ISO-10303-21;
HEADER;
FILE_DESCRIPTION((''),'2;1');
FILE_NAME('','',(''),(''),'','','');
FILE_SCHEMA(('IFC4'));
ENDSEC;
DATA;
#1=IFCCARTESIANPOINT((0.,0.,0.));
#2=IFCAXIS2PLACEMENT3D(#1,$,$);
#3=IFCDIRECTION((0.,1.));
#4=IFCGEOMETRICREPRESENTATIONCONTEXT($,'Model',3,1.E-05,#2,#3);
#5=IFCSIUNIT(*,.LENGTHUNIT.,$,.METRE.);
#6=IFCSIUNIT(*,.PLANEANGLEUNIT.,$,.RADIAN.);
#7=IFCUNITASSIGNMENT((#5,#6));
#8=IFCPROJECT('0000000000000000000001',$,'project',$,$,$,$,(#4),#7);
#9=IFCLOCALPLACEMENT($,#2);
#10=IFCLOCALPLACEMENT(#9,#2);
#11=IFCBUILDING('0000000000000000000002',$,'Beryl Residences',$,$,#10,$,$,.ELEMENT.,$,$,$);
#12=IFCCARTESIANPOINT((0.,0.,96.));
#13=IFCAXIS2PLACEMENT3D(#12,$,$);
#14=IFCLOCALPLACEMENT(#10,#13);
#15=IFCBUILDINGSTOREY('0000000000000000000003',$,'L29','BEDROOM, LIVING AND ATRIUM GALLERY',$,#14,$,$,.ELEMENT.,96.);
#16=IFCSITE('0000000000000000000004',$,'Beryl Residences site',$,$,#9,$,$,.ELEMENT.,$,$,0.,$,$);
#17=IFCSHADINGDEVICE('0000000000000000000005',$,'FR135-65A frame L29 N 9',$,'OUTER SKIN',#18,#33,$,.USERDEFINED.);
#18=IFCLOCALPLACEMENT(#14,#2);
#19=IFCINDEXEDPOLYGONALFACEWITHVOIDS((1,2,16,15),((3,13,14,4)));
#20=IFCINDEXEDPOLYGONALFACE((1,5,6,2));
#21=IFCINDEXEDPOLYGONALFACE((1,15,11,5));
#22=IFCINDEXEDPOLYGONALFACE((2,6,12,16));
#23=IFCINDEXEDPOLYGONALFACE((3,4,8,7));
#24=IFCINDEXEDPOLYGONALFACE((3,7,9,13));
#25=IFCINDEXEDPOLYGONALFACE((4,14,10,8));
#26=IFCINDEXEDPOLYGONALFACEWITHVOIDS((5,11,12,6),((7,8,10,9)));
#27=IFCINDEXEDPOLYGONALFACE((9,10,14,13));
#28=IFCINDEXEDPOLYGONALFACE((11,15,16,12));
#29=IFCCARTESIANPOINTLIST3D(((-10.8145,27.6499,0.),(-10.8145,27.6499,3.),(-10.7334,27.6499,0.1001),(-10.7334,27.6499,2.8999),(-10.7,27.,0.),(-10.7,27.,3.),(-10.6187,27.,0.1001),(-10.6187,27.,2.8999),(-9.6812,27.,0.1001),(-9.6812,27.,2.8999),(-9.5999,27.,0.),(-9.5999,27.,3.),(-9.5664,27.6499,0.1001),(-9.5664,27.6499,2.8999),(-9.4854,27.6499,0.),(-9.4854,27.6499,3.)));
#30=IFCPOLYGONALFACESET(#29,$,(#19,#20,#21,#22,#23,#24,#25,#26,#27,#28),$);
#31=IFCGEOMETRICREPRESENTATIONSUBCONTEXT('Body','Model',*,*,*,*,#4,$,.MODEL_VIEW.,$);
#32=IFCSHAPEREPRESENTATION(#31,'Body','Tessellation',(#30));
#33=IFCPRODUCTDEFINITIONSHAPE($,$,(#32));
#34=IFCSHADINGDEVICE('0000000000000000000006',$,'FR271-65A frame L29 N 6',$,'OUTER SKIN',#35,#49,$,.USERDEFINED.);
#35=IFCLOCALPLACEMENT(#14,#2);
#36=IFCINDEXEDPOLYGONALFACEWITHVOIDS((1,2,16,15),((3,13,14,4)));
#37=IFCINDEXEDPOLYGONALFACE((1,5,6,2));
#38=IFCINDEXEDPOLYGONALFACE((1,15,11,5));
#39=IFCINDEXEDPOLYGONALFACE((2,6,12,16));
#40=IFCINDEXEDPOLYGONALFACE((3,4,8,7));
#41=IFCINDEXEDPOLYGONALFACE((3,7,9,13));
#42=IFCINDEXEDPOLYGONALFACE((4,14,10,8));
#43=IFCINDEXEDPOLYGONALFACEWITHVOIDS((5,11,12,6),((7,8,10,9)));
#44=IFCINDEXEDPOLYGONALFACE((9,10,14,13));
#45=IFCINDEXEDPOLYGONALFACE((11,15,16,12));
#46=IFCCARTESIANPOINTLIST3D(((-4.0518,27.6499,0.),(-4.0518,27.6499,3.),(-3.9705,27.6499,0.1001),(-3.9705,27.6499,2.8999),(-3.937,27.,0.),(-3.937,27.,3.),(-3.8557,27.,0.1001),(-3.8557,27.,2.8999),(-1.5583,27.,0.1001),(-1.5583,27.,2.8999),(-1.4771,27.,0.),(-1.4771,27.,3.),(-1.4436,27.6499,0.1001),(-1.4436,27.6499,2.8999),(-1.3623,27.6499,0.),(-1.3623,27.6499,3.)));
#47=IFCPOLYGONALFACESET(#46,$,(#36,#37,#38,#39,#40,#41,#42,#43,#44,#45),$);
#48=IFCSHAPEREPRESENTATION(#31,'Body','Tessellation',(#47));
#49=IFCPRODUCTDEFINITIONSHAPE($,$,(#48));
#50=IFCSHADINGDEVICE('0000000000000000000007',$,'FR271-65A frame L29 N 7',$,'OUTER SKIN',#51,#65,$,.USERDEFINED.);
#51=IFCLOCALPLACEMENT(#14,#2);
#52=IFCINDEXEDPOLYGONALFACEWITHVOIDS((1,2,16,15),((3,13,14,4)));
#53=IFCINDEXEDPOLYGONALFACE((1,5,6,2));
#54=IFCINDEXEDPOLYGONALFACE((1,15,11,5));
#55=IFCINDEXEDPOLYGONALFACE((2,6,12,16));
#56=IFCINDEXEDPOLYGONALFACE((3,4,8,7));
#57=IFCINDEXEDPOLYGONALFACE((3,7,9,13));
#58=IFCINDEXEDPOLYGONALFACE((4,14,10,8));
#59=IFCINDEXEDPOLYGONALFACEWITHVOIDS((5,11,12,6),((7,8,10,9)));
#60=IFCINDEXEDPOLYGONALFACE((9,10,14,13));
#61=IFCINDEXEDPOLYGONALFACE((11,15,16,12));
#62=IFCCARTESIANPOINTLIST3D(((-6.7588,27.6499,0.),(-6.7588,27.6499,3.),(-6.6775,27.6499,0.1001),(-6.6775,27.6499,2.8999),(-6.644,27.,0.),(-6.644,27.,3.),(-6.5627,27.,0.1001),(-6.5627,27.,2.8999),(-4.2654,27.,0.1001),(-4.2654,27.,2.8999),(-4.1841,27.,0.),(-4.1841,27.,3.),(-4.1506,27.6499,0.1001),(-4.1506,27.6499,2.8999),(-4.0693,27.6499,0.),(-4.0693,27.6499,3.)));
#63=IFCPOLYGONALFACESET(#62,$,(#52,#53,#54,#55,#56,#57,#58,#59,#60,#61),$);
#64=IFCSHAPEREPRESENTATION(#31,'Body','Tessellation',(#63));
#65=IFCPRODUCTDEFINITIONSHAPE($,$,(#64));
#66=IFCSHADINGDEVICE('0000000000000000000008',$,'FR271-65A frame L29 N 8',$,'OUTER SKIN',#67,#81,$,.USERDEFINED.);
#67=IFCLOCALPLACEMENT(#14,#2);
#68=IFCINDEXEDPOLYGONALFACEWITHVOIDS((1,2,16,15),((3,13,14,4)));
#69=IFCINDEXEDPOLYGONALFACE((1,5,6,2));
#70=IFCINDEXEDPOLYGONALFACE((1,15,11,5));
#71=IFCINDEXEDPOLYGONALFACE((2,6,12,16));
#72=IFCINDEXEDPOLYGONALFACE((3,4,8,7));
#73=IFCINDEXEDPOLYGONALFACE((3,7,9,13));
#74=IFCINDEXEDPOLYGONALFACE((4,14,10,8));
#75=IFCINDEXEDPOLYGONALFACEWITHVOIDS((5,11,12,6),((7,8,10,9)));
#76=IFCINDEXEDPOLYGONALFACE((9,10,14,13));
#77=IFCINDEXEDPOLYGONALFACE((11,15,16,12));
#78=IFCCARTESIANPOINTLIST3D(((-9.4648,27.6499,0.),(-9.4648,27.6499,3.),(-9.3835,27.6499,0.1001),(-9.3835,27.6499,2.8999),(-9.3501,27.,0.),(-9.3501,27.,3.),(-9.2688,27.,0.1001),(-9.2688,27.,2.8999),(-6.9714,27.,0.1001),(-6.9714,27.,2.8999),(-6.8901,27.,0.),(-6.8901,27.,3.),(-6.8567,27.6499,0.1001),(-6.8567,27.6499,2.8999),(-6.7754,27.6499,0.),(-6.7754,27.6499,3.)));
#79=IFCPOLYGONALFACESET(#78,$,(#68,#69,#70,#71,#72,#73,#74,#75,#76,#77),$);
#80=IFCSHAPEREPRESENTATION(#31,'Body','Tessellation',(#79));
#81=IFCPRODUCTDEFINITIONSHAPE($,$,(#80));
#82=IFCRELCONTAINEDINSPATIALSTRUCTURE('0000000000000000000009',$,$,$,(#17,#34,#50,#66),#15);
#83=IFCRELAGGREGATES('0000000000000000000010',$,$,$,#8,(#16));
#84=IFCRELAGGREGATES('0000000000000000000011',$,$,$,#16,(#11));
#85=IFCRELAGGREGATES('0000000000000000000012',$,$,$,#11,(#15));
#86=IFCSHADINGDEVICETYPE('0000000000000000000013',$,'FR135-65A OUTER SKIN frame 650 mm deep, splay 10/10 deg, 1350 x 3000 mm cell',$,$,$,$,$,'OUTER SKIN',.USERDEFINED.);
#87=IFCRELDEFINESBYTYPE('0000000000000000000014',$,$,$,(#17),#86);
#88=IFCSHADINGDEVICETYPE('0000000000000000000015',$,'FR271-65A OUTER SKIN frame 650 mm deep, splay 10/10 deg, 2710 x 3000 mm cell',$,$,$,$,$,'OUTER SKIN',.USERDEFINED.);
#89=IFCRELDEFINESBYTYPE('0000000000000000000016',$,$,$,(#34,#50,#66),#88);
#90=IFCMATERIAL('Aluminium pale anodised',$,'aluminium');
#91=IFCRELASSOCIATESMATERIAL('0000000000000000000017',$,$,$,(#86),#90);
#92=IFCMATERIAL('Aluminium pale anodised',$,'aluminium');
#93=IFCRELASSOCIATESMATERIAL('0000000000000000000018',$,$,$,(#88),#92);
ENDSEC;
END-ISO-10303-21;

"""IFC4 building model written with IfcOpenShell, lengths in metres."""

from ifc_helpers import new_model, entity, si_unit, direction, frame, origin, place, context, subcontext, project, spatial, source, transform, mapped, material, type_object, type_shapes, element, save


model = new_model("IFC4")

# Units and contexts
model_context = context("Model", 3, precision=1e-05, world=origin(), true_north=direction((0.0, 1.0)))
body_context = subcontext(model_context, "Body", "Model", "MODEL_VIEW")
ifc_project = project(units=[si_unit("LENGTHUNIT", "METRE"), si_unit("PLANEANGLEUNIT", "RADIAN")], contexts=[model_context])

# Site, building, storey
site_placement = place(None, origin())
site = spatial("IfcSite", under=ifc_project, at=site_placement, Name="Beryl Residences site", CompositionType="ELEMENT", RefElevation=0.0)
building_placement = place(site_placement, origin())
building = spatial("IfcBuilding", under=site, at=building_placement, Name="Beryl Residences", CompositionType="ELEMENT")
storey_placement = place(building_placement, frame((0.0, 0.0, 96.0)))
storey = spatial("IfcBuildingStorey", under=building, at=storey_placement, Name="L29", Description="BEDROOM, LIVING AND ATRIUM GALLERY", CompositionType="ELEMENT", Elevation=96.0)

# Shading devices
ifc_material_1 = material(Name="Aluminium pale anodised", Category="aluminium")
shading_device_type_1 = type_object("IfcShadingDeviceType", Name="FR135-65A OUTER SKIN frame 650 mm deep, splay 10/10 deg, 1350 x 3000 mm cell", ElementType="OUTER SKIN", PredefinedType="USERDEFINED", material=ifc_material_1)
cartesian_point_1 = entity("IfcCartesianPoint", [-0.55, 0.0])
cartesian_point_2 = entity("IfcCartesianPoint", [-0.4688, 0.1001])
cartesian_point_3 = entity("IfcCartesianPoint", [-0.6646, 0.0])
cartesian_point_4 = entity("IfcCartesianPoint", [-0.5835, 0.1001])
shared_shape_1 = source(origin(), body_context, "Body", "SweptSolid", [
    entity("IfcExtrudedAreaSolidTapered", entity("IfcArbitraryProfileDefWithVoids", "AREA", None, entity("IfcPolyline", [cartesian_point_1, entity("IfcCartesianPoint", [0.55, 0.0]), entity("IfcCartesianPoint", [0.55, 3.0]), entity("IfcCartesianPoint", [-0.55, 3.0]), cartesian_point_1]), [entity("IfcPolyline", [cartesian_point_2, entity("IfcCartesianPoint", [0.4688, 0.1001]), entity("IfcCartesianPoint", [0.4688, 2.8999]), entity("IfcCartesianPoint", [-0.4688, 2.8999]), cartesian_point_2])]), entity("IfcAxis2Placement3D", entity("IfcCartesianPoint", [0.0, 0.0, 0.0]), entity("IfcDirection", [0.0, 1.0, 0.0]), entity("IfcDirection", [-1.0, 0.0, 0.0])), entity("IfcDirection", [0.0, 0.0, 1.0]), 0.6499, entity("IfcArbitraryProfileDefWithVoids", "AREA", None, entity("IfcPolyline", [cartesian_point_3, entity("IfcCartesianPoint", [0.6646, 0.0]), entity("IfcCartesianPoint", [0.6646, 3.0]), entity("IfcCartesianPoint", [-0.6646, 3.0]), cartesian_point_3]), [entity("IfcPolyline", [cartesian_point_4, entity("IfcCartesianPoint", [0.5835, 0.1001]), entity("IfcCartesianPoint", [0.5835, 2.8999]), entity("IfcCartesianPoint", [-0.5835, 2.8999]), cartesian_point_4])])),
])
type_shapes(shading_device_type_1, [shared_shape_1])
shading_device_placement = place(storey_placement, frame((-10.1499, 27.0, 0.0), z_axis=(0.0, 0.0, 1.0), x_axis=(1.0, 0.0, 0.0)))
element("IfcShadingDevice", 1, at=shading_device_placement, inside=storey, type_object=shading_device_type_1, Name="FR135-65A frame L29 N 9", ObjectType="OUTER SKIN", PredefinedType="USERDEFINED", context=body_context, shape_type="MappedRepresentation", body=[
    mapped(shared_shape_1, transform((0.0, 0.0, 0.0))),
])
ifc_material_2 = material(Name="Aluminium pale anodised", Category="aluminium")
shading_device_type_2 = type_object("IfcShadingDeviceType", Name="FR271-65A OUTER SKIN frame 650 mm deep, splay 10/10 deg, 2710 x 3000 mm cell", ElementType="OUTER SKIN", PredefinedType="USERDEFINED", material=ifc_material_2)
cartesian_point_5 = entity("IfcCartesianPoint", [-1.23, 0.0])
cartesian_point_6 = entity("IfcCartesianPoint", [-1.1487, 0.1001])
cartesian_point_7 = entity("IfcCartesianPoint", [-1.3447, 0.0])
cartesian_point_8 = entity("IfcCartesianPoint", [-1.2634, 0.1001])
shared_shape_2 = source(origin(), body_context, "Body", "SweptSolid", [
    entity("IfcExtrudedAreaSolidTapered", entity("IfcArbitraryProfileDefWithVoids", "AREA", None, entity("IfcPolyline", [cartesian_point_5, entity("IfcCartesianPoint", [1.23, 0.0]), entity("IfcCartesianPoint", [1.23, 3.0]), entity("IfcCartesianPoint", [-1.23, 3.0]), cartesian_point_5]), [entity("IfcPolyline", [cartesian_point_6, entity("IfcCartesianPoint", [1.1487, 0.1001]), entity("IfcCartesianPoint", [1.1487, 2.8999]), entity("IfcCartesianPoint", [-1.1487, 2.8999]), cartesian_point_6])]), entity("IfcAxis2Placement3D", entity("IfcCartesianPoint", [0.0, 0.0, 0.0]), entity("IfcDirection", [0.0, 1.0, 0.0]), entity("IfcDirection", [-1.0, 0.0, 0.0])), entity("IfcDirection", [0.0, 0.0, 1.0]), 0.6499, entity("IfcArbitraryProfileDefWithVoids", "AREA", None, entity("IfcPolyline", [cartesian_point_7, entity("IfcCartesianPoint", [1.3447, 0.0]), entity("IfcCartesianPoint", [1.3447, 3.0]), entity("IfcCartesianPoint", [-1.3447, 3.0]), cartesian_point_7]), [entity("IfcPolyline", [cartesian_point_8, entity("IfcCartesianPoint", [1.2634, 0.1001]), entity("IfcCartesianPoint", [1.2634, 2.8999]), entity("IfcCartesianPoint", [-1.2634, 2.8999]), cartesian_point_8])])),
])
type_shapes(shading_device_type_2, [shared_shape_2])
for number, where, z_axis, x_axis, name in (
    (2, (-2.707, 27.0, 0.0), (0.0, 0.0, 1.0), (1.0, 0.0, 0.0), "FR271-65A frame L29 N 6"),
    (3, (-5.4141, 27.0, 0.0), (0.0, 0.0, 1.0), (1.0, 0.0, 0.0), "FR271-65A frame L29 N 7"),
    (4, (-8.1201, 27.0, 0.0), (0.0, 0.0, 1.0), (1.0, 0.0, 0.0), "FR271-65A frame L29 N 8"),
):
    element("IfcShadingDevice", number, at=place(storey_placement, frame(where, z_axis=z_axis, x_axis=x_axis)), inside=storey, type_object=shading_device_type_2, Name=name, ObjectType="OUTER SKIN", PredefinedType="USERDEFINED", context=body_context, shape_type="MappedRepresentation", body=[
        mapped(shared_shape_2, transform((0.0, 0.0, 0.0))),
    ])

save(model, "model.ifc")
